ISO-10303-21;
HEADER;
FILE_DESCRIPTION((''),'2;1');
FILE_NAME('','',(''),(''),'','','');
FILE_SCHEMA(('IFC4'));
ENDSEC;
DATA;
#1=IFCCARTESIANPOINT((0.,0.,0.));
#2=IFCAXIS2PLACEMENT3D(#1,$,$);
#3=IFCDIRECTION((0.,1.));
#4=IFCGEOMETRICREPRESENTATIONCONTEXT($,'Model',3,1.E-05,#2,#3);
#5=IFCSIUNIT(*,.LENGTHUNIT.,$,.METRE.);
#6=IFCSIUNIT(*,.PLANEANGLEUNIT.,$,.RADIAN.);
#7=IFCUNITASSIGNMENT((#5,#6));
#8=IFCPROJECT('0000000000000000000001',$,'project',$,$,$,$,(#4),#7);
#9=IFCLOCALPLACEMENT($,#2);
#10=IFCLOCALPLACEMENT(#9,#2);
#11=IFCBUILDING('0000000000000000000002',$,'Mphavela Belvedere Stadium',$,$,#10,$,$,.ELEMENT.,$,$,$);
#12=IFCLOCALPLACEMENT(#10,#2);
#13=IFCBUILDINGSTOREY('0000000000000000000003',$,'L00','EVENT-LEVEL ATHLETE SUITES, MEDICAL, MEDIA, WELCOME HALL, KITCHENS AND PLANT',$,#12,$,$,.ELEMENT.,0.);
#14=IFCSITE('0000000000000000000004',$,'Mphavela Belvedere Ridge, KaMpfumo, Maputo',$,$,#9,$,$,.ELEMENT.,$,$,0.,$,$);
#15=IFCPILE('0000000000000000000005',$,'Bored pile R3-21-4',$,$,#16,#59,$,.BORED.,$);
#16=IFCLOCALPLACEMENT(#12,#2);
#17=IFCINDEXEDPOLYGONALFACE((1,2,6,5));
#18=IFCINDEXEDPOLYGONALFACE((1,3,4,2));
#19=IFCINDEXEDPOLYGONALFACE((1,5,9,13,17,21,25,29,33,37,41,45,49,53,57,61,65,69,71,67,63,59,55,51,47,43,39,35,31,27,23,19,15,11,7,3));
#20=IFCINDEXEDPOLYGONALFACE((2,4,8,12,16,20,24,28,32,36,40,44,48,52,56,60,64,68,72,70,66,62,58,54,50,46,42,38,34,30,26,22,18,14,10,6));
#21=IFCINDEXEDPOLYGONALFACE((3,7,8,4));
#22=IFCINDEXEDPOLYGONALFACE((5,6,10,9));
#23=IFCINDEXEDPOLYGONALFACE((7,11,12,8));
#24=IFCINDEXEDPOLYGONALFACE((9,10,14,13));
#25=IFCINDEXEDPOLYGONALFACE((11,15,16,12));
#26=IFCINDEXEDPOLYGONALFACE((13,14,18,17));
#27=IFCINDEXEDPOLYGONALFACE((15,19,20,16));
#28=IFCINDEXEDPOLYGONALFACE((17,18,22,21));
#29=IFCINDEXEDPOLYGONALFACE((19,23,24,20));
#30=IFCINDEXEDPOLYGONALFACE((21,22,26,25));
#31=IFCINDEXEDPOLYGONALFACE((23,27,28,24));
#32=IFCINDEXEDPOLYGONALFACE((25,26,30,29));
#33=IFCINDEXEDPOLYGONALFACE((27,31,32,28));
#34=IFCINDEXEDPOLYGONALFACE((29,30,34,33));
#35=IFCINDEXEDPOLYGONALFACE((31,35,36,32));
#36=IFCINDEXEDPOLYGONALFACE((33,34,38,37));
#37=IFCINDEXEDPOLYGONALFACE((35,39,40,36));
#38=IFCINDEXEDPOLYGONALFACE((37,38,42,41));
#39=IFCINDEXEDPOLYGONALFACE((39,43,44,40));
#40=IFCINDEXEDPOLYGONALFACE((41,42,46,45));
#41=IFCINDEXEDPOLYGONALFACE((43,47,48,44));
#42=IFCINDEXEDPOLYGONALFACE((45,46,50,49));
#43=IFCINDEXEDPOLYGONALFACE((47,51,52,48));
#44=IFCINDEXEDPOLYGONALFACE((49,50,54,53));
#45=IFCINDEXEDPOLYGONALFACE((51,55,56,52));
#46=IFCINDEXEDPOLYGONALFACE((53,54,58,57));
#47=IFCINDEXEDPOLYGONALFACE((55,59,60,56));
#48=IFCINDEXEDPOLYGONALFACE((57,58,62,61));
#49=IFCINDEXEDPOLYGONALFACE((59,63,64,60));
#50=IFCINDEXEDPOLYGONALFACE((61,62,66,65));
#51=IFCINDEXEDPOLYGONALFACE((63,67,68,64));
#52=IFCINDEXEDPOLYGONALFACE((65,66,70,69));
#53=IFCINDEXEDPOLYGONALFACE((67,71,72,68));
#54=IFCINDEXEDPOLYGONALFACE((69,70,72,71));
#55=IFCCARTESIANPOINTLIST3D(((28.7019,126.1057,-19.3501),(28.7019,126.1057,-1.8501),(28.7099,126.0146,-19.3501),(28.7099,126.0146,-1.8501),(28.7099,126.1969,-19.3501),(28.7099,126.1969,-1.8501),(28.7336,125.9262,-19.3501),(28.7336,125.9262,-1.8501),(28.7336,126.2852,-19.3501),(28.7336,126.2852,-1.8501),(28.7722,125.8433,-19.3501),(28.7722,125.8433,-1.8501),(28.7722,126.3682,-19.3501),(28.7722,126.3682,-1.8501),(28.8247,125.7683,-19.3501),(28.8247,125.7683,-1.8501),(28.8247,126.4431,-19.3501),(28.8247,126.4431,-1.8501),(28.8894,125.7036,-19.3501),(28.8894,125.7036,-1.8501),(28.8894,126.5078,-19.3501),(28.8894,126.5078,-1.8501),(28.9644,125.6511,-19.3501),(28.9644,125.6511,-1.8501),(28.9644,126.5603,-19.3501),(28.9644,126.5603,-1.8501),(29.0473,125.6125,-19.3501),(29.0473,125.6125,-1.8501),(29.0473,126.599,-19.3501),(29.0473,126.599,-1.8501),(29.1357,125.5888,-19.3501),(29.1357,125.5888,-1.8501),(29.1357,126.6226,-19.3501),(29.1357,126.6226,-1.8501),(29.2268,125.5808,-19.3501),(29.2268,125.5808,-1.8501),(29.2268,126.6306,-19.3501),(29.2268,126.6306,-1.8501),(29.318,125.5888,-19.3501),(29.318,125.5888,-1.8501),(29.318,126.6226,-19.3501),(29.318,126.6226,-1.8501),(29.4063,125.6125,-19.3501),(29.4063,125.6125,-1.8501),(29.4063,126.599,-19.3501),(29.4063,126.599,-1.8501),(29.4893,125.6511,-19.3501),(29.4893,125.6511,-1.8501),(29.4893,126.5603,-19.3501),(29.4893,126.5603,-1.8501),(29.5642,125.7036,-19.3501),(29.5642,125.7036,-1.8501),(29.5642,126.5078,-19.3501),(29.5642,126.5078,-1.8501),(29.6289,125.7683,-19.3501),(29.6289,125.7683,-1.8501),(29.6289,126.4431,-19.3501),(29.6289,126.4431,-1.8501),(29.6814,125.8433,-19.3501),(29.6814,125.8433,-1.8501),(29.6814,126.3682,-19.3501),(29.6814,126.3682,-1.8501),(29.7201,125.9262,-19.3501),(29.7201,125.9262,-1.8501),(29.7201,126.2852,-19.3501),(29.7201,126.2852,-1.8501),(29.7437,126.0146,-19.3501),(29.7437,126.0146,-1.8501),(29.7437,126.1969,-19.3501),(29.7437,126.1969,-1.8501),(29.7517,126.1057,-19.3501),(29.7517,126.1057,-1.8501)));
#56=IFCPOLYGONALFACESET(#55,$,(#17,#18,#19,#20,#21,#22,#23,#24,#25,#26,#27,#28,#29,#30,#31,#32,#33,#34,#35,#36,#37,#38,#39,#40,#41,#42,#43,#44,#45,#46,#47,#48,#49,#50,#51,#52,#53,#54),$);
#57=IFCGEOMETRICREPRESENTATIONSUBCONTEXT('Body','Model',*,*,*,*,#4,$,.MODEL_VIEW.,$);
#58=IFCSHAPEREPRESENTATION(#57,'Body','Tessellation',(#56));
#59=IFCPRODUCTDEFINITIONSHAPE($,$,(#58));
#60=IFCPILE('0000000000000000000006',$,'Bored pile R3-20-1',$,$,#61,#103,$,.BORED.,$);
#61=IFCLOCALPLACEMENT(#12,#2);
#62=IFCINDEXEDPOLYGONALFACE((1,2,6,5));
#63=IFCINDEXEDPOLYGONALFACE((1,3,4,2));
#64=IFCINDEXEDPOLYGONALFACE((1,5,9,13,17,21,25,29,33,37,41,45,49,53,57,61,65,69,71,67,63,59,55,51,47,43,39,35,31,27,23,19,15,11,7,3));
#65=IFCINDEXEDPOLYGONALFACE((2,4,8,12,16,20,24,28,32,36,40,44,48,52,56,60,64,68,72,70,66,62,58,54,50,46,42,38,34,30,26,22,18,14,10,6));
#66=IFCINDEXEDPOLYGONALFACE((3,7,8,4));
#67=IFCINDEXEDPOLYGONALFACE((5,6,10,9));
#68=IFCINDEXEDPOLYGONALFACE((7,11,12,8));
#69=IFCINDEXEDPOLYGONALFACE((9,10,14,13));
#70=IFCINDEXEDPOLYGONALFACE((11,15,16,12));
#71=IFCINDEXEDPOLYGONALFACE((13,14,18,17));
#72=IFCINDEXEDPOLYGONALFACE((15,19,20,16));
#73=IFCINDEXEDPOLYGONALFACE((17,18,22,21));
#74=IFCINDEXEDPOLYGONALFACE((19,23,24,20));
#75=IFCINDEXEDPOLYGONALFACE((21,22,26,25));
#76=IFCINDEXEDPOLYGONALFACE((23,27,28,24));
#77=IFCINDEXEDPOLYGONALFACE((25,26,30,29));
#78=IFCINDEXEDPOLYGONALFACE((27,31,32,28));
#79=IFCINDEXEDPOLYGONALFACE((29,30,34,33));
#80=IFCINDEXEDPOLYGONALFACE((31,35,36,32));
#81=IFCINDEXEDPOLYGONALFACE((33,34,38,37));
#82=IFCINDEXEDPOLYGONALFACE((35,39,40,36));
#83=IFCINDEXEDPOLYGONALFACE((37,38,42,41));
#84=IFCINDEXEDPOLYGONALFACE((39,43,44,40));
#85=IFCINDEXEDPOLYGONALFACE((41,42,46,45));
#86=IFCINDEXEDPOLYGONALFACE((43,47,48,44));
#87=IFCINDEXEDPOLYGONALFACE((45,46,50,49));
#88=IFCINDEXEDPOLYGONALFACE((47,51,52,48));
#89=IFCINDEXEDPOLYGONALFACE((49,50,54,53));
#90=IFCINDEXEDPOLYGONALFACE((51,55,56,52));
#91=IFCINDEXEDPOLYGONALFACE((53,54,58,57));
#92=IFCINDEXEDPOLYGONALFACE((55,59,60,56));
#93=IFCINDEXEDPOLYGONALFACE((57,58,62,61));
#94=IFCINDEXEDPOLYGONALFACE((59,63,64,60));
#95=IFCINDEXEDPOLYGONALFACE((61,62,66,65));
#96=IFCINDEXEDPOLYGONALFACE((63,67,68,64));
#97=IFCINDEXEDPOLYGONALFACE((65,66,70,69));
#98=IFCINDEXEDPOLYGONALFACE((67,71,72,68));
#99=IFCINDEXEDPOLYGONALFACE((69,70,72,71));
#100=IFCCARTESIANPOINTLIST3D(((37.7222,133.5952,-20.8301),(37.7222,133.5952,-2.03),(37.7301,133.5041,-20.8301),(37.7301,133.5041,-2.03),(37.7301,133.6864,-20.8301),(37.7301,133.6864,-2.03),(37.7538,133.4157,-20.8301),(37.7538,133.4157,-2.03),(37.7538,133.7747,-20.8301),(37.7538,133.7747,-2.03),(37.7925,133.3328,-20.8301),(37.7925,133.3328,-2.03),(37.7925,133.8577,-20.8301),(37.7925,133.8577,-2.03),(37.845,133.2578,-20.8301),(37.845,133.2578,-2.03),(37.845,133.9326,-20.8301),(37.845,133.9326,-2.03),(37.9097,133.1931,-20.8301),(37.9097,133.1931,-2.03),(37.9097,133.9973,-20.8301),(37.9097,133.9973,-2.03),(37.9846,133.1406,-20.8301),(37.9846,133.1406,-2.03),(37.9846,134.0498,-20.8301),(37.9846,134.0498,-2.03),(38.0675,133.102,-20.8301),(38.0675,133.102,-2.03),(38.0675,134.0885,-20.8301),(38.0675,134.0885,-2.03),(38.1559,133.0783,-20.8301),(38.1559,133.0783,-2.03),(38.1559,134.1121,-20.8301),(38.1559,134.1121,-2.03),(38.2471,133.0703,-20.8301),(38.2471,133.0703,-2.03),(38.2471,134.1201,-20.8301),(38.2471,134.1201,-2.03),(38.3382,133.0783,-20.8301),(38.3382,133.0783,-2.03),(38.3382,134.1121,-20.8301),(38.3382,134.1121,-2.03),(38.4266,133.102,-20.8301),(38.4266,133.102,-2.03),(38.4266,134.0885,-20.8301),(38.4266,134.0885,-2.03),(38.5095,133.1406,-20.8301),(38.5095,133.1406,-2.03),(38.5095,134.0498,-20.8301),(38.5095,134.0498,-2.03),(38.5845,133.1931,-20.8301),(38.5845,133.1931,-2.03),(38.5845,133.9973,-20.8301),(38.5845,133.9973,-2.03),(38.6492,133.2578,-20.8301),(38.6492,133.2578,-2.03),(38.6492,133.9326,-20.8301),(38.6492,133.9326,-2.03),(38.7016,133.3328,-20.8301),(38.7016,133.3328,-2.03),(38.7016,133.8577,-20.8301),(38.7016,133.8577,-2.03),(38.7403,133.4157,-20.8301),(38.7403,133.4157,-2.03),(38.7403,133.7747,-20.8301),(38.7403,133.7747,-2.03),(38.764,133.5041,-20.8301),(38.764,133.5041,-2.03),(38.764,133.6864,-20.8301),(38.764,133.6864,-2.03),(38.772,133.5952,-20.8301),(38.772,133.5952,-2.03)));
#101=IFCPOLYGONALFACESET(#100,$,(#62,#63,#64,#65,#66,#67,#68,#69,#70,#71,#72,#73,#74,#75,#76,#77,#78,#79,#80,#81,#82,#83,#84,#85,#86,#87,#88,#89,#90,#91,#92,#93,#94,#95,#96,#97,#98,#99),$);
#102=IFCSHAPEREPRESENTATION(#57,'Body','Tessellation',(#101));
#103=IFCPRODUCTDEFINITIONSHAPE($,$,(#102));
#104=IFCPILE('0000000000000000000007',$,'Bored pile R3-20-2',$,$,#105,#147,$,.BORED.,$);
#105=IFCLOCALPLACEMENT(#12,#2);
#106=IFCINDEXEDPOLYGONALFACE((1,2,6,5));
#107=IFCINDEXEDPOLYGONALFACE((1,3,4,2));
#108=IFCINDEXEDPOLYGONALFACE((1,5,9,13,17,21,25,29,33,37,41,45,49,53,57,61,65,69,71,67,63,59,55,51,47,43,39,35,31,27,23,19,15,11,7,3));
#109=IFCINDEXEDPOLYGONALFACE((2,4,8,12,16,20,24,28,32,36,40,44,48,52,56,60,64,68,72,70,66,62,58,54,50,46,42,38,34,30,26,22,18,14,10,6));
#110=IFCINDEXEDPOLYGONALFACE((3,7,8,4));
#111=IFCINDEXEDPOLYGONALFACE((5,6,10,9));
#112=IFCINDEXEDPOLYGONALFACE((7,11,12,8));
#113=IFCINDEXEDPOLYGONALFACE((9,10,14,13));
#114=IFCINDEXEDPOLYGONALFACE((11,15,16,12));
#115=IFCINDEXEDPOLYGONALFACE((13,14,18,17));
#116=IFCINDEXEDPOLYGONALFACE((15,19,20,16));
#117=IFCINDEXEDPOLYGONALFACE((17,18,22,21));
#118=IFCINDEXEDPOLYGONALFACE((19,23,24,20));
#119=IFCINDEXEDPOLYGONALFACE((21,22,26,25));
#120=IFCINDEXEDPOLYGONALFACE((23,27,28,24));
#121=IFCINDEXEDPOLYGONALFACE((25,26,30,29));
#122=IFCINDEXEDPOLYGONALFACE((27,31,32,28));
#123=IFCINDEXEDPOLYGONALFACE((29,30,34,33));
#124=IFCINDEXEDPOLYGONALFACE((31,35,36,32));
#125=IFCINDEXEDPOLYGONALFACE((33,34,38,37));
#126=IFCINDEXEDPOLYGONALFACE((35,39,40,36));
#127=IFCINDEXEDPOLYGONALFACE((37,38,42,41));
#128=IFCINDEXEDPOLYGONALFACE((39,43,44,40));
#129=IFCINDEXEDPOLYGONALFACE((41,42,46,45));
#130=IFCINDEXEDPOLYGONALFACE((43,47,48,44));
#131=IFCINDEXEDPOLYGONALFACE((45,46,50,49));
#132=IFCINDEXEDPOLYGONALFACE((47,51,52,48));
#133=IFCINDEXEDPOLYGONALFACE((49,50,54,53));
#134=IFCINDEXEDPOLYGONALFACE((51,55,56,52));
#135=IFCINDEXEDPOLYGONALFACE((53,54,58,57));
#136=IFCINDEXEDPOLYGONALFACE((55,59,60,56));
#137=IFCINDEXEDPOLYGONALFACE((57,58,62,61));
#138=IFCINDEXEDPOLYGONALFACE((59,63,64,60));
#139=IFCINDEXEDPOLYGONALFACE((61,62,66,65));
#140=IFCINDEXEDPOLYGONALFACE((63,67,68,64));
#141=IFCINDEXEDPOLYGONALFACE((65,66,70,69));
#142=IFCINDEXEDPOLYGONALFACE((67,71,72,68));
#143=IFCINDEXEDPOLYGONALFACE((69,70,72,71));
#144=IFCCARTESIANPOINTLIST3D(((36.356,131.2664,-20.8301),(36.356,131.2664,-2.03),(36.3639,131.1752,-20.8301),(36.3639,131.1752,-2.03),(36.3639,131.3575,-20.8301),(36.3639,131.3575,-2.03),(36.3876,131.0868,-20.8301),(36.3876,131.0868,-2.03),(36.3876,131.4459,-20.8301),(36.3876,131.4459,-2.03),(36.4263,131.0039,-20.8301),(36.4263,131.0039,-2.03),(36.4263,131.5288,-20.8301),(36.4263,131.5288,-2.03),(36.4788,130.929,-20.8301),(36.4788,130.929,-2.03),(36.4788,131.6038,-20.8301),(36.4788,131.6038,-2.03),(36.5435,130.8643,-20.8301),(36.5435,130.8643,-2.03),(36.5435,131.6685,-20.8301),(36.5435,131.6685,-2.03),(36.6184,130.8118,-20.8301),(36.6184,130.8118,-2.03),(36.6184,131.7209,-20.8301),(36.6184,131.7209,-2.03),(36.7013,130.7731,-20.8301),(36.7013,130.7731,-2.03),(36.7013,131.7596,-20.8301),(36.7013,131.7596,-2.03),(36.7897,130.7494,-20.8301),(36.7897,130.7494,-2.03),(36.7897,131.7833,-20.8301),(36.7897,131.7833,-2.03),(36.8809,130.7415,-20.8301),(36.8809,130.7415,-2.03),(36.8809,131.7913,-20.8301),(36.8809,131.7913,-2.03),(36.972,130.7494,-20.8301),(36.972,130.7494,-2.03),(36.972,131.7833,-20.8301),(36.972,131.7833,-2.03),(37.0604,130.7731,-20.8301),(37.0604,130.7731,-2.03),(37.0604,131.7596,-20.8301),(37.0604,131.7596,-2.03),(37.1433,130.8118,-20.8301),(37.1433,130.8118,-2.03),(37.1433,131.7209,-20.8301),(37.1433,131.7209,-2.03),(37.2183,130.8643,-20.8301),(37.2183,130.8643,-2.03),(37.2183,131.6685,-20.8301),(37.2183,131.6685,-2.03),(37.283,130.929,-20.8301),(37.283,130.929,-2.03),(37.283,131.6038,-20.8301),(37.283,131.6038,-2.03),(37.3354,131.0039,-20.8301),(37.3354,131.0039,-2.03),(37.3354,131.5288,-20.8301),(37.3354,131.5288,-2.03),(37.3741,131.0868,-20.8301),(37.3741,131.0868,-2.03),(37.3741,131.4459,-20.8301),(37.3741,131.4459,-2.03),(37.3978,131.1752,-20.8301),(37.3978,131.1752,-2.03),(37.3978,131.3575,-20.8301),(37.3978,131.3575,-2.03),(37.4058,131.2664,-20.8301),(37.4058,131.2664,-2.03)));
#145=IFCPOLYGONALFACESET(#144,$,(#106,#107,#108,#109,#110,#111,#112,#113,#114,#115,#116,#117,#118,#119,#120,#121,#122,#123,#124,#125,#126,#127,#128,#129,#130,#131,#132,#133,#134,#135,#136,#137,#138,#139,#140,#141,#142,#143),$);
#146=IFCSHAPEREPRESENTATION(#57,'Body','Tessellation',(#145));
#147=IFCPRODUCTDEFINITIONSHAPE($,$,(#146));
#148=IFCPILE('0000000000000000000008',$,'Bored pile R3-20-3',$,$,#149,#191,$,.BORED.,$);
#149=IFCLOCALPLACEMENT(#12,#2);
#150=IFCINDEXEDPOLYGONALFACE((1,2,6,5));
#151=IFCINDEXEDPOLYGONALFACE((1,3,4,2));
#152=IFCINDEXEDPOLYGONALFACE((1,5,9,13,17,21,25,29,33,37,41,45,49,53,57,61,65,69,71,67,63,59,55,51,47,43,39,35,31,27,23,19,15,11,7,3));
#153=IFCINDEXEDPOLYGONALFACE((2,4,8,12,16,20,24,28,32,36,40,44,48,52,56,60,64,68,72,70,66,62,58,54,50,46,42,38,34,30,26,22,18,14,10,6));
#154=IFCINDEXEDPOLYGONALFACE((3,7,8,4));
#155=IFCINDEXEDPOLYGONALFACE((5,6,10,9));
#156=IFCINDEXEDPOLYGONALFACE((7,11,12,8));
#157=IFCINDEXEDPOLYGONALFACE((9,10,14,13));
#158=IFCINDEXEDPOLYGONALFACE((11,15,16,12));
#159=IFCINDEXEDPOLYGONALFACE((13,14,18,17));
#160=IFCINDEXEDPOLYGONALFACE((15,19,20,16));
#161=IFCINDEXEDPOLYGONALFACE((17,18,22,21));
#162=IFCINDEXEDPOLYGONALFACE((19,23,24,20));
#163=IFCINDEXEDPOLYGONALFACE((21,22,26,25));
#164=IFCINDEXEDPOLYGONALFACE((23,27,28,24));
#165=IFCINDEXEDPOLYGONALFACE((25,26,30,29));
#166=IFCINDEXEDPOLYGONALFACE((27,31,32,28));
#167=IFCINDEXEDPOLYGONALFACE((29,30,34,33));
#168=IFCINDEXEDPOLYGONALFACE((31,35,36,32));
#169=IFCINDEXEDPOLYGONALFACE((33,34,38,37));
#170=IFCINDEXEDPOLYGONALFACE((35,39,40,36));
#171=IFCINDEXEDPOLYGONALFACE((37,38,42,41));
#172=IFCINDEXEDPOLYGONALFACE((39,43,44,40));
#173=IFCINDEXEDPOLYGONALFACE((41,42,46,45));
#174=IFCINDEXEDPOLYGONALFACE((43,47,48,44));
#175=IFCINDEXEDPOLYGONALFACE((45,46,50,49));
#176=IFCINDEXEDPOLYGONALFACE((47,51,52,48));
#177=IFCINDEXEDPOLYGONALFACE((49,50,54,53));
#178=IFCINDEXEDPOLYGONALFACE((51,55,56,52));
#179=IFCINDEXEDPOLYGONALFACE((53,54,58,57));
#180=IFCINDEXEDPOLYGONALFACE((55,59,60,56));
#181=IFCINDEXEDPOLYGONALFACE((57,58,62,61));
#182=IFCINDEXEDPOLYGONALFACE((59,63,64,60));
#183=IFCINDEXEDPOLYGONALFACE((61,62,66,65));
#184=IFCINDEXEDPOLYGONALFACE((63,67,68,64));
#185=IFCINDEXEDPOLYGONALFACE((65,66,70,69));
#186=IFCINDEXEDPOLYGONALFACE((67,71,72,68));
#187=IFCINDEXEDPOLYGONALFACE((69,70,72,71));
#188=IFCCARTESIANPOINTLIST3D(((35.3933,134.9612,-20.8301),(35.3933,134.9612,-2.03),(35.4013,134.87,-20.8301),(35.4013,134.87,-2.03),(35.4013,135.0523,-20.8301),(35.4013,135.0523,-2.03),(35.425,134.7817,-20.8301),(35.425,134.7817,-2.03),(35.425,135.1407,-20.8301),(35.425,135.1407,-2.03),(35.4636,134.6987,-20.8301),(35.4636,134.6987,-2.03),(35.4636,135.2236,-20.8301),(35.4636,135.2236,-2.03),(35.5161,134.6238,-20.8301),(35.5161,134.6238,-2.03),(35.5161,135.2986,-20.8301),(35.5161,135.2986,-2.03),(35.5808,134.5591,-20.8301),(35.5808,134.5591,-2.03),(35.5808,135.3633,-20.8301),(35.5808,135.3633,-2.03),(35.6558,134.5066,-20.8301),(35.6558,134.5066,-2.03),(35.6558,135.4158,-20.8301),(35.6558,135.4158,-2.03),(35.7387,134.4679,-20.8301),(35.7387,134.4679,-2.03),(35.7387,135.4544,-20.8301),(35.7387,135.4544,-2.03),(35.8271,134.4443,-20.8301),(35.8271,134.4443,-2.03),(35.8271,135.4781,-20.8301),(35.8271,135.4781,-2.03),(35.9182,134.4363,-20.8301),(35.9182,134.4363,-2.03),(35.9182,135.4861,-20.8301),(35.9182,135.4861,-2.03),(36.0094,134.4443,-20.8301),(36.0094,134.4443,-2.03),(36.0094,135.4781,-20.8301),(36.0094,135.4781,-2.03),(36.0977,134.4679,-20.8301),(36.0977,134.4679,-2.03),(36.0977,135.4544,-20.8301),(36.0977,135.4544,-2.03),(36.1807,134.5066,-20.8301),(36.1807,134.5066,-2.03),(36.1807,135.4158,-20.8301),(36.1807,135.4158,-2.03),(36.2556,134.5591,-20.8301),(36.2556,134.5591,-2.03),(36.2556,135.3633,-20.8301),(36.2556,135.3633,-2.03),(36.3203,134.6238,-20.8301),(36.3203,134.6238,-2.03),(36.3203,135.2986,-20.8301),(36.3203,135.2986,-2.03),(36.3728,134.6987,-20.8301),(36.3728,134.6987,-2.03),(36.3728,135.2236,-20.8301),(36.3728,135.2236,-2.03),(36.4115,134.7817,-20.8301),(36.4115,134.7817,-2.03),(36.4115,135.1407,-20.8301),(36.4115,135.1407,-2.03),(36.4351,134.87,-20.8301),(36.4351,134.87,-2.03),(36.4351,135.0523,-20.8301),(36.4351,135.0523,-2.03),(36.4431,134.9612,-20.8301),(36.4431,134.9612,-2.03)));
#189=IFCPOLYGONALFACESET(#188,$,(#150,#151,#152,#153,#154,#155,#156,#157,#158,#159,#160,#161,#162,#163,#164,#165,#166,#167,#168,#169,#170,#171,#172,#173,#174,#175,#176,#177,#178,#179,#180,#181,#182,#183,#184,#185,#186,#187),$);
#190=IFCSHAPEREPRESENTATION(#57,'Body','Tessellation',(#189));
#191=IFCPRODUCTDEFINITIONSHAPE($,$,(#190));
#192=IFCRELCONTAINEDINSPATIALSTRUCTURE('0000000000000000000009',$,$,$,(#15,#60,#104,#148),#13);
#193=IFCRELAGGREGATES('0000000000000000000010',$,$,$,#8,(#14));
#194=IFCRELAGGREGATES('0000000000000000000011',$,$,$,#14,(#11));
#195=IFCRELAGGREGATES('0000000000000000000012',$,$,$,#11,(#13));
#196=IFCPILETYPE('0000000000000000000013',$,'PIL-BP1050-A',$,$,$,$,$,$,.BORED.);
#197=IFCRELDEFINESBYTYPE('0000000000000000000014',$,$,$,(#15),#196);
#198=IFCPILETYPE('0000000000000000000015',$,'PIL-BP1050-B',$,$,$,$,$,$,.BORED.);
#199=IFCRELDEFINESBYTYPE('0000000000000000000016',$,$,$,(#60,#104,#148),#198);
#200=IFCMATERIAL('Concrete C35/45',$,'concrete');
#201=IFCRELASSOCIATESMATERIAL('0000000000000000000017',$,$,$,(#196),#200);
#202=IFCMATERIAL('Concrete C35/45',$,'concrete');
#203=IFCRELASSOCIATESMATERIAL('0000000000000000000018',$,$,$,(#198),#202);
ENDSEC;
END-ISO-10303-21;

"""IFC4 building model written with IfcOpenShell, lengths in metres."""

from ifc_helpers import new_model, si_unit, direction, frame, origin, origin_2d, place, context, subcontext, project, spatial, circle, extrude, material, material_profile, profile_set, type_object, element, save


model = new_model("IFC4")

# Units and contexts
model_context = context("Model", 3, precision=1e-05, world=origin(), true_north=direction((0.0, 1.0)))
body_context = subcontext(model_context, "Body", "Model", "MODEL_VIEW")
ifc_project = project(units=[si_unit("LENGTHUNIT", "METRE"), si_unit("PLANEANGLEUNIT", "RADIAN")], contexts=[model_context])

# Site, building, storey
site_placement = place(None, origin())
site = spatial("IfcSite", under=ifc_project, at=site_placement, Name="Mphavela Belvedere Ridge, KaMpfumo, Maputo", CompositionType="ELEMENT", RefElevation=0.0)
building_placement = place(site_placement, origin())
building = spatial("IfcBuilding", under=site, at=building_placement, Name="Mphavela Belvedere Stadium", CompositionType="ELEMENT")
storey_placement = place(building_placement, origin())
storey = spatial("IfcBuildingStorey", under=building, at=storey_placement, Name="L00", Description="EVENT-LEVEL ATHLETE SUITES, MEDICAL, MEDIA, WELCOME HALL, KITCHENS AND PLANT", CompositionType="ELEMENT", Elevation=0.0)

# Piles
ifc_material_1 = material(Name="Concrete C35/45", Category="concrete")
ifc_material_profile_1 = material_profile(ifc_material_1, circle(Radius=0.5249, at=origin_2d()), Name="BP D1050")
ifc_profile_set_1 = profile_set([ifc_material_profile_1], Name="Concrete C35/45")
pile_type_1 = type_object("IfcPileType", Name="PIL-BP1050-A", PredefinedType="BORED", material=ifc_profile_set_1)
for number, where, z_axis, x_axis, name in (
    (1, (29.2268, 126.1057, -1.8501), (0.0, 0.0, -1.0), (1.0, 0.0, 0.0), "Bored pile R3-21-4"),
):
    element("IfcPile", number, at=place(storey_placement, frame(where, z_axis=z_axis, x_axis=x_axis)), inside=storey, type_object=pile_type_1, Name=name, PredefinedType="BORED", context=body_context, shape_type="SweptSolid", body=[
        extrude(circle(Radius=0.5249, at=origin_2d()), origin(), (0.0, 0.0, 1.0), 17.5),
    ])
ifc_material_2 = material(Name="Concrete C35/45", Category="concrete")
ifc_material_profile_2 = material_profile(ifc_material_2, circle(Radius=0.5249, at=origin_2d()), Name="BP D1050")
ifc_profile_set_2 = profile_set([ifc_material_profile_2], Name="Concrete C35/45")
pile_type_2 = type_object("IfcPileType", Name="PIL-BP1050-B", PredefinedType="BORED", material=ifc_profile_set_2)
for number, where, z_axis, x_axis, name in (
    (2, (38.2471, 133.5952, -2.03), (0.0, 0.0, -1.0), (1.0, 0.0, 0.0), "Bored pile R3-20-1"),
    (3, (36.8809, 131.2664, -2.03), (0.0, 0.0, -1.0), (1.0, 0.0, 0.0), "Bored pile R3-20-2"),
    (4, (35.9182, 134.9612, -2.03), (0.0, 0.0, -1.0), (1.0, 0.0, 0.0), "Bored pile R3-20-3"),
):
    element("IfcPile", number, at=place(storey_placement, frame(where, z_axis=z_axis, x_axis=x_axis)), inside=storey, type_object=pile_type_2, Name=name, PredefinedType="BORED", context=body_context, shape_type="SweptSolid", body=[
        extrude(circle(Radius=0.5249, at=origin_2d()), origin(), (0.0, 0.0, 1.0), 18.8),
    ])

save(model, "model.ifc")
